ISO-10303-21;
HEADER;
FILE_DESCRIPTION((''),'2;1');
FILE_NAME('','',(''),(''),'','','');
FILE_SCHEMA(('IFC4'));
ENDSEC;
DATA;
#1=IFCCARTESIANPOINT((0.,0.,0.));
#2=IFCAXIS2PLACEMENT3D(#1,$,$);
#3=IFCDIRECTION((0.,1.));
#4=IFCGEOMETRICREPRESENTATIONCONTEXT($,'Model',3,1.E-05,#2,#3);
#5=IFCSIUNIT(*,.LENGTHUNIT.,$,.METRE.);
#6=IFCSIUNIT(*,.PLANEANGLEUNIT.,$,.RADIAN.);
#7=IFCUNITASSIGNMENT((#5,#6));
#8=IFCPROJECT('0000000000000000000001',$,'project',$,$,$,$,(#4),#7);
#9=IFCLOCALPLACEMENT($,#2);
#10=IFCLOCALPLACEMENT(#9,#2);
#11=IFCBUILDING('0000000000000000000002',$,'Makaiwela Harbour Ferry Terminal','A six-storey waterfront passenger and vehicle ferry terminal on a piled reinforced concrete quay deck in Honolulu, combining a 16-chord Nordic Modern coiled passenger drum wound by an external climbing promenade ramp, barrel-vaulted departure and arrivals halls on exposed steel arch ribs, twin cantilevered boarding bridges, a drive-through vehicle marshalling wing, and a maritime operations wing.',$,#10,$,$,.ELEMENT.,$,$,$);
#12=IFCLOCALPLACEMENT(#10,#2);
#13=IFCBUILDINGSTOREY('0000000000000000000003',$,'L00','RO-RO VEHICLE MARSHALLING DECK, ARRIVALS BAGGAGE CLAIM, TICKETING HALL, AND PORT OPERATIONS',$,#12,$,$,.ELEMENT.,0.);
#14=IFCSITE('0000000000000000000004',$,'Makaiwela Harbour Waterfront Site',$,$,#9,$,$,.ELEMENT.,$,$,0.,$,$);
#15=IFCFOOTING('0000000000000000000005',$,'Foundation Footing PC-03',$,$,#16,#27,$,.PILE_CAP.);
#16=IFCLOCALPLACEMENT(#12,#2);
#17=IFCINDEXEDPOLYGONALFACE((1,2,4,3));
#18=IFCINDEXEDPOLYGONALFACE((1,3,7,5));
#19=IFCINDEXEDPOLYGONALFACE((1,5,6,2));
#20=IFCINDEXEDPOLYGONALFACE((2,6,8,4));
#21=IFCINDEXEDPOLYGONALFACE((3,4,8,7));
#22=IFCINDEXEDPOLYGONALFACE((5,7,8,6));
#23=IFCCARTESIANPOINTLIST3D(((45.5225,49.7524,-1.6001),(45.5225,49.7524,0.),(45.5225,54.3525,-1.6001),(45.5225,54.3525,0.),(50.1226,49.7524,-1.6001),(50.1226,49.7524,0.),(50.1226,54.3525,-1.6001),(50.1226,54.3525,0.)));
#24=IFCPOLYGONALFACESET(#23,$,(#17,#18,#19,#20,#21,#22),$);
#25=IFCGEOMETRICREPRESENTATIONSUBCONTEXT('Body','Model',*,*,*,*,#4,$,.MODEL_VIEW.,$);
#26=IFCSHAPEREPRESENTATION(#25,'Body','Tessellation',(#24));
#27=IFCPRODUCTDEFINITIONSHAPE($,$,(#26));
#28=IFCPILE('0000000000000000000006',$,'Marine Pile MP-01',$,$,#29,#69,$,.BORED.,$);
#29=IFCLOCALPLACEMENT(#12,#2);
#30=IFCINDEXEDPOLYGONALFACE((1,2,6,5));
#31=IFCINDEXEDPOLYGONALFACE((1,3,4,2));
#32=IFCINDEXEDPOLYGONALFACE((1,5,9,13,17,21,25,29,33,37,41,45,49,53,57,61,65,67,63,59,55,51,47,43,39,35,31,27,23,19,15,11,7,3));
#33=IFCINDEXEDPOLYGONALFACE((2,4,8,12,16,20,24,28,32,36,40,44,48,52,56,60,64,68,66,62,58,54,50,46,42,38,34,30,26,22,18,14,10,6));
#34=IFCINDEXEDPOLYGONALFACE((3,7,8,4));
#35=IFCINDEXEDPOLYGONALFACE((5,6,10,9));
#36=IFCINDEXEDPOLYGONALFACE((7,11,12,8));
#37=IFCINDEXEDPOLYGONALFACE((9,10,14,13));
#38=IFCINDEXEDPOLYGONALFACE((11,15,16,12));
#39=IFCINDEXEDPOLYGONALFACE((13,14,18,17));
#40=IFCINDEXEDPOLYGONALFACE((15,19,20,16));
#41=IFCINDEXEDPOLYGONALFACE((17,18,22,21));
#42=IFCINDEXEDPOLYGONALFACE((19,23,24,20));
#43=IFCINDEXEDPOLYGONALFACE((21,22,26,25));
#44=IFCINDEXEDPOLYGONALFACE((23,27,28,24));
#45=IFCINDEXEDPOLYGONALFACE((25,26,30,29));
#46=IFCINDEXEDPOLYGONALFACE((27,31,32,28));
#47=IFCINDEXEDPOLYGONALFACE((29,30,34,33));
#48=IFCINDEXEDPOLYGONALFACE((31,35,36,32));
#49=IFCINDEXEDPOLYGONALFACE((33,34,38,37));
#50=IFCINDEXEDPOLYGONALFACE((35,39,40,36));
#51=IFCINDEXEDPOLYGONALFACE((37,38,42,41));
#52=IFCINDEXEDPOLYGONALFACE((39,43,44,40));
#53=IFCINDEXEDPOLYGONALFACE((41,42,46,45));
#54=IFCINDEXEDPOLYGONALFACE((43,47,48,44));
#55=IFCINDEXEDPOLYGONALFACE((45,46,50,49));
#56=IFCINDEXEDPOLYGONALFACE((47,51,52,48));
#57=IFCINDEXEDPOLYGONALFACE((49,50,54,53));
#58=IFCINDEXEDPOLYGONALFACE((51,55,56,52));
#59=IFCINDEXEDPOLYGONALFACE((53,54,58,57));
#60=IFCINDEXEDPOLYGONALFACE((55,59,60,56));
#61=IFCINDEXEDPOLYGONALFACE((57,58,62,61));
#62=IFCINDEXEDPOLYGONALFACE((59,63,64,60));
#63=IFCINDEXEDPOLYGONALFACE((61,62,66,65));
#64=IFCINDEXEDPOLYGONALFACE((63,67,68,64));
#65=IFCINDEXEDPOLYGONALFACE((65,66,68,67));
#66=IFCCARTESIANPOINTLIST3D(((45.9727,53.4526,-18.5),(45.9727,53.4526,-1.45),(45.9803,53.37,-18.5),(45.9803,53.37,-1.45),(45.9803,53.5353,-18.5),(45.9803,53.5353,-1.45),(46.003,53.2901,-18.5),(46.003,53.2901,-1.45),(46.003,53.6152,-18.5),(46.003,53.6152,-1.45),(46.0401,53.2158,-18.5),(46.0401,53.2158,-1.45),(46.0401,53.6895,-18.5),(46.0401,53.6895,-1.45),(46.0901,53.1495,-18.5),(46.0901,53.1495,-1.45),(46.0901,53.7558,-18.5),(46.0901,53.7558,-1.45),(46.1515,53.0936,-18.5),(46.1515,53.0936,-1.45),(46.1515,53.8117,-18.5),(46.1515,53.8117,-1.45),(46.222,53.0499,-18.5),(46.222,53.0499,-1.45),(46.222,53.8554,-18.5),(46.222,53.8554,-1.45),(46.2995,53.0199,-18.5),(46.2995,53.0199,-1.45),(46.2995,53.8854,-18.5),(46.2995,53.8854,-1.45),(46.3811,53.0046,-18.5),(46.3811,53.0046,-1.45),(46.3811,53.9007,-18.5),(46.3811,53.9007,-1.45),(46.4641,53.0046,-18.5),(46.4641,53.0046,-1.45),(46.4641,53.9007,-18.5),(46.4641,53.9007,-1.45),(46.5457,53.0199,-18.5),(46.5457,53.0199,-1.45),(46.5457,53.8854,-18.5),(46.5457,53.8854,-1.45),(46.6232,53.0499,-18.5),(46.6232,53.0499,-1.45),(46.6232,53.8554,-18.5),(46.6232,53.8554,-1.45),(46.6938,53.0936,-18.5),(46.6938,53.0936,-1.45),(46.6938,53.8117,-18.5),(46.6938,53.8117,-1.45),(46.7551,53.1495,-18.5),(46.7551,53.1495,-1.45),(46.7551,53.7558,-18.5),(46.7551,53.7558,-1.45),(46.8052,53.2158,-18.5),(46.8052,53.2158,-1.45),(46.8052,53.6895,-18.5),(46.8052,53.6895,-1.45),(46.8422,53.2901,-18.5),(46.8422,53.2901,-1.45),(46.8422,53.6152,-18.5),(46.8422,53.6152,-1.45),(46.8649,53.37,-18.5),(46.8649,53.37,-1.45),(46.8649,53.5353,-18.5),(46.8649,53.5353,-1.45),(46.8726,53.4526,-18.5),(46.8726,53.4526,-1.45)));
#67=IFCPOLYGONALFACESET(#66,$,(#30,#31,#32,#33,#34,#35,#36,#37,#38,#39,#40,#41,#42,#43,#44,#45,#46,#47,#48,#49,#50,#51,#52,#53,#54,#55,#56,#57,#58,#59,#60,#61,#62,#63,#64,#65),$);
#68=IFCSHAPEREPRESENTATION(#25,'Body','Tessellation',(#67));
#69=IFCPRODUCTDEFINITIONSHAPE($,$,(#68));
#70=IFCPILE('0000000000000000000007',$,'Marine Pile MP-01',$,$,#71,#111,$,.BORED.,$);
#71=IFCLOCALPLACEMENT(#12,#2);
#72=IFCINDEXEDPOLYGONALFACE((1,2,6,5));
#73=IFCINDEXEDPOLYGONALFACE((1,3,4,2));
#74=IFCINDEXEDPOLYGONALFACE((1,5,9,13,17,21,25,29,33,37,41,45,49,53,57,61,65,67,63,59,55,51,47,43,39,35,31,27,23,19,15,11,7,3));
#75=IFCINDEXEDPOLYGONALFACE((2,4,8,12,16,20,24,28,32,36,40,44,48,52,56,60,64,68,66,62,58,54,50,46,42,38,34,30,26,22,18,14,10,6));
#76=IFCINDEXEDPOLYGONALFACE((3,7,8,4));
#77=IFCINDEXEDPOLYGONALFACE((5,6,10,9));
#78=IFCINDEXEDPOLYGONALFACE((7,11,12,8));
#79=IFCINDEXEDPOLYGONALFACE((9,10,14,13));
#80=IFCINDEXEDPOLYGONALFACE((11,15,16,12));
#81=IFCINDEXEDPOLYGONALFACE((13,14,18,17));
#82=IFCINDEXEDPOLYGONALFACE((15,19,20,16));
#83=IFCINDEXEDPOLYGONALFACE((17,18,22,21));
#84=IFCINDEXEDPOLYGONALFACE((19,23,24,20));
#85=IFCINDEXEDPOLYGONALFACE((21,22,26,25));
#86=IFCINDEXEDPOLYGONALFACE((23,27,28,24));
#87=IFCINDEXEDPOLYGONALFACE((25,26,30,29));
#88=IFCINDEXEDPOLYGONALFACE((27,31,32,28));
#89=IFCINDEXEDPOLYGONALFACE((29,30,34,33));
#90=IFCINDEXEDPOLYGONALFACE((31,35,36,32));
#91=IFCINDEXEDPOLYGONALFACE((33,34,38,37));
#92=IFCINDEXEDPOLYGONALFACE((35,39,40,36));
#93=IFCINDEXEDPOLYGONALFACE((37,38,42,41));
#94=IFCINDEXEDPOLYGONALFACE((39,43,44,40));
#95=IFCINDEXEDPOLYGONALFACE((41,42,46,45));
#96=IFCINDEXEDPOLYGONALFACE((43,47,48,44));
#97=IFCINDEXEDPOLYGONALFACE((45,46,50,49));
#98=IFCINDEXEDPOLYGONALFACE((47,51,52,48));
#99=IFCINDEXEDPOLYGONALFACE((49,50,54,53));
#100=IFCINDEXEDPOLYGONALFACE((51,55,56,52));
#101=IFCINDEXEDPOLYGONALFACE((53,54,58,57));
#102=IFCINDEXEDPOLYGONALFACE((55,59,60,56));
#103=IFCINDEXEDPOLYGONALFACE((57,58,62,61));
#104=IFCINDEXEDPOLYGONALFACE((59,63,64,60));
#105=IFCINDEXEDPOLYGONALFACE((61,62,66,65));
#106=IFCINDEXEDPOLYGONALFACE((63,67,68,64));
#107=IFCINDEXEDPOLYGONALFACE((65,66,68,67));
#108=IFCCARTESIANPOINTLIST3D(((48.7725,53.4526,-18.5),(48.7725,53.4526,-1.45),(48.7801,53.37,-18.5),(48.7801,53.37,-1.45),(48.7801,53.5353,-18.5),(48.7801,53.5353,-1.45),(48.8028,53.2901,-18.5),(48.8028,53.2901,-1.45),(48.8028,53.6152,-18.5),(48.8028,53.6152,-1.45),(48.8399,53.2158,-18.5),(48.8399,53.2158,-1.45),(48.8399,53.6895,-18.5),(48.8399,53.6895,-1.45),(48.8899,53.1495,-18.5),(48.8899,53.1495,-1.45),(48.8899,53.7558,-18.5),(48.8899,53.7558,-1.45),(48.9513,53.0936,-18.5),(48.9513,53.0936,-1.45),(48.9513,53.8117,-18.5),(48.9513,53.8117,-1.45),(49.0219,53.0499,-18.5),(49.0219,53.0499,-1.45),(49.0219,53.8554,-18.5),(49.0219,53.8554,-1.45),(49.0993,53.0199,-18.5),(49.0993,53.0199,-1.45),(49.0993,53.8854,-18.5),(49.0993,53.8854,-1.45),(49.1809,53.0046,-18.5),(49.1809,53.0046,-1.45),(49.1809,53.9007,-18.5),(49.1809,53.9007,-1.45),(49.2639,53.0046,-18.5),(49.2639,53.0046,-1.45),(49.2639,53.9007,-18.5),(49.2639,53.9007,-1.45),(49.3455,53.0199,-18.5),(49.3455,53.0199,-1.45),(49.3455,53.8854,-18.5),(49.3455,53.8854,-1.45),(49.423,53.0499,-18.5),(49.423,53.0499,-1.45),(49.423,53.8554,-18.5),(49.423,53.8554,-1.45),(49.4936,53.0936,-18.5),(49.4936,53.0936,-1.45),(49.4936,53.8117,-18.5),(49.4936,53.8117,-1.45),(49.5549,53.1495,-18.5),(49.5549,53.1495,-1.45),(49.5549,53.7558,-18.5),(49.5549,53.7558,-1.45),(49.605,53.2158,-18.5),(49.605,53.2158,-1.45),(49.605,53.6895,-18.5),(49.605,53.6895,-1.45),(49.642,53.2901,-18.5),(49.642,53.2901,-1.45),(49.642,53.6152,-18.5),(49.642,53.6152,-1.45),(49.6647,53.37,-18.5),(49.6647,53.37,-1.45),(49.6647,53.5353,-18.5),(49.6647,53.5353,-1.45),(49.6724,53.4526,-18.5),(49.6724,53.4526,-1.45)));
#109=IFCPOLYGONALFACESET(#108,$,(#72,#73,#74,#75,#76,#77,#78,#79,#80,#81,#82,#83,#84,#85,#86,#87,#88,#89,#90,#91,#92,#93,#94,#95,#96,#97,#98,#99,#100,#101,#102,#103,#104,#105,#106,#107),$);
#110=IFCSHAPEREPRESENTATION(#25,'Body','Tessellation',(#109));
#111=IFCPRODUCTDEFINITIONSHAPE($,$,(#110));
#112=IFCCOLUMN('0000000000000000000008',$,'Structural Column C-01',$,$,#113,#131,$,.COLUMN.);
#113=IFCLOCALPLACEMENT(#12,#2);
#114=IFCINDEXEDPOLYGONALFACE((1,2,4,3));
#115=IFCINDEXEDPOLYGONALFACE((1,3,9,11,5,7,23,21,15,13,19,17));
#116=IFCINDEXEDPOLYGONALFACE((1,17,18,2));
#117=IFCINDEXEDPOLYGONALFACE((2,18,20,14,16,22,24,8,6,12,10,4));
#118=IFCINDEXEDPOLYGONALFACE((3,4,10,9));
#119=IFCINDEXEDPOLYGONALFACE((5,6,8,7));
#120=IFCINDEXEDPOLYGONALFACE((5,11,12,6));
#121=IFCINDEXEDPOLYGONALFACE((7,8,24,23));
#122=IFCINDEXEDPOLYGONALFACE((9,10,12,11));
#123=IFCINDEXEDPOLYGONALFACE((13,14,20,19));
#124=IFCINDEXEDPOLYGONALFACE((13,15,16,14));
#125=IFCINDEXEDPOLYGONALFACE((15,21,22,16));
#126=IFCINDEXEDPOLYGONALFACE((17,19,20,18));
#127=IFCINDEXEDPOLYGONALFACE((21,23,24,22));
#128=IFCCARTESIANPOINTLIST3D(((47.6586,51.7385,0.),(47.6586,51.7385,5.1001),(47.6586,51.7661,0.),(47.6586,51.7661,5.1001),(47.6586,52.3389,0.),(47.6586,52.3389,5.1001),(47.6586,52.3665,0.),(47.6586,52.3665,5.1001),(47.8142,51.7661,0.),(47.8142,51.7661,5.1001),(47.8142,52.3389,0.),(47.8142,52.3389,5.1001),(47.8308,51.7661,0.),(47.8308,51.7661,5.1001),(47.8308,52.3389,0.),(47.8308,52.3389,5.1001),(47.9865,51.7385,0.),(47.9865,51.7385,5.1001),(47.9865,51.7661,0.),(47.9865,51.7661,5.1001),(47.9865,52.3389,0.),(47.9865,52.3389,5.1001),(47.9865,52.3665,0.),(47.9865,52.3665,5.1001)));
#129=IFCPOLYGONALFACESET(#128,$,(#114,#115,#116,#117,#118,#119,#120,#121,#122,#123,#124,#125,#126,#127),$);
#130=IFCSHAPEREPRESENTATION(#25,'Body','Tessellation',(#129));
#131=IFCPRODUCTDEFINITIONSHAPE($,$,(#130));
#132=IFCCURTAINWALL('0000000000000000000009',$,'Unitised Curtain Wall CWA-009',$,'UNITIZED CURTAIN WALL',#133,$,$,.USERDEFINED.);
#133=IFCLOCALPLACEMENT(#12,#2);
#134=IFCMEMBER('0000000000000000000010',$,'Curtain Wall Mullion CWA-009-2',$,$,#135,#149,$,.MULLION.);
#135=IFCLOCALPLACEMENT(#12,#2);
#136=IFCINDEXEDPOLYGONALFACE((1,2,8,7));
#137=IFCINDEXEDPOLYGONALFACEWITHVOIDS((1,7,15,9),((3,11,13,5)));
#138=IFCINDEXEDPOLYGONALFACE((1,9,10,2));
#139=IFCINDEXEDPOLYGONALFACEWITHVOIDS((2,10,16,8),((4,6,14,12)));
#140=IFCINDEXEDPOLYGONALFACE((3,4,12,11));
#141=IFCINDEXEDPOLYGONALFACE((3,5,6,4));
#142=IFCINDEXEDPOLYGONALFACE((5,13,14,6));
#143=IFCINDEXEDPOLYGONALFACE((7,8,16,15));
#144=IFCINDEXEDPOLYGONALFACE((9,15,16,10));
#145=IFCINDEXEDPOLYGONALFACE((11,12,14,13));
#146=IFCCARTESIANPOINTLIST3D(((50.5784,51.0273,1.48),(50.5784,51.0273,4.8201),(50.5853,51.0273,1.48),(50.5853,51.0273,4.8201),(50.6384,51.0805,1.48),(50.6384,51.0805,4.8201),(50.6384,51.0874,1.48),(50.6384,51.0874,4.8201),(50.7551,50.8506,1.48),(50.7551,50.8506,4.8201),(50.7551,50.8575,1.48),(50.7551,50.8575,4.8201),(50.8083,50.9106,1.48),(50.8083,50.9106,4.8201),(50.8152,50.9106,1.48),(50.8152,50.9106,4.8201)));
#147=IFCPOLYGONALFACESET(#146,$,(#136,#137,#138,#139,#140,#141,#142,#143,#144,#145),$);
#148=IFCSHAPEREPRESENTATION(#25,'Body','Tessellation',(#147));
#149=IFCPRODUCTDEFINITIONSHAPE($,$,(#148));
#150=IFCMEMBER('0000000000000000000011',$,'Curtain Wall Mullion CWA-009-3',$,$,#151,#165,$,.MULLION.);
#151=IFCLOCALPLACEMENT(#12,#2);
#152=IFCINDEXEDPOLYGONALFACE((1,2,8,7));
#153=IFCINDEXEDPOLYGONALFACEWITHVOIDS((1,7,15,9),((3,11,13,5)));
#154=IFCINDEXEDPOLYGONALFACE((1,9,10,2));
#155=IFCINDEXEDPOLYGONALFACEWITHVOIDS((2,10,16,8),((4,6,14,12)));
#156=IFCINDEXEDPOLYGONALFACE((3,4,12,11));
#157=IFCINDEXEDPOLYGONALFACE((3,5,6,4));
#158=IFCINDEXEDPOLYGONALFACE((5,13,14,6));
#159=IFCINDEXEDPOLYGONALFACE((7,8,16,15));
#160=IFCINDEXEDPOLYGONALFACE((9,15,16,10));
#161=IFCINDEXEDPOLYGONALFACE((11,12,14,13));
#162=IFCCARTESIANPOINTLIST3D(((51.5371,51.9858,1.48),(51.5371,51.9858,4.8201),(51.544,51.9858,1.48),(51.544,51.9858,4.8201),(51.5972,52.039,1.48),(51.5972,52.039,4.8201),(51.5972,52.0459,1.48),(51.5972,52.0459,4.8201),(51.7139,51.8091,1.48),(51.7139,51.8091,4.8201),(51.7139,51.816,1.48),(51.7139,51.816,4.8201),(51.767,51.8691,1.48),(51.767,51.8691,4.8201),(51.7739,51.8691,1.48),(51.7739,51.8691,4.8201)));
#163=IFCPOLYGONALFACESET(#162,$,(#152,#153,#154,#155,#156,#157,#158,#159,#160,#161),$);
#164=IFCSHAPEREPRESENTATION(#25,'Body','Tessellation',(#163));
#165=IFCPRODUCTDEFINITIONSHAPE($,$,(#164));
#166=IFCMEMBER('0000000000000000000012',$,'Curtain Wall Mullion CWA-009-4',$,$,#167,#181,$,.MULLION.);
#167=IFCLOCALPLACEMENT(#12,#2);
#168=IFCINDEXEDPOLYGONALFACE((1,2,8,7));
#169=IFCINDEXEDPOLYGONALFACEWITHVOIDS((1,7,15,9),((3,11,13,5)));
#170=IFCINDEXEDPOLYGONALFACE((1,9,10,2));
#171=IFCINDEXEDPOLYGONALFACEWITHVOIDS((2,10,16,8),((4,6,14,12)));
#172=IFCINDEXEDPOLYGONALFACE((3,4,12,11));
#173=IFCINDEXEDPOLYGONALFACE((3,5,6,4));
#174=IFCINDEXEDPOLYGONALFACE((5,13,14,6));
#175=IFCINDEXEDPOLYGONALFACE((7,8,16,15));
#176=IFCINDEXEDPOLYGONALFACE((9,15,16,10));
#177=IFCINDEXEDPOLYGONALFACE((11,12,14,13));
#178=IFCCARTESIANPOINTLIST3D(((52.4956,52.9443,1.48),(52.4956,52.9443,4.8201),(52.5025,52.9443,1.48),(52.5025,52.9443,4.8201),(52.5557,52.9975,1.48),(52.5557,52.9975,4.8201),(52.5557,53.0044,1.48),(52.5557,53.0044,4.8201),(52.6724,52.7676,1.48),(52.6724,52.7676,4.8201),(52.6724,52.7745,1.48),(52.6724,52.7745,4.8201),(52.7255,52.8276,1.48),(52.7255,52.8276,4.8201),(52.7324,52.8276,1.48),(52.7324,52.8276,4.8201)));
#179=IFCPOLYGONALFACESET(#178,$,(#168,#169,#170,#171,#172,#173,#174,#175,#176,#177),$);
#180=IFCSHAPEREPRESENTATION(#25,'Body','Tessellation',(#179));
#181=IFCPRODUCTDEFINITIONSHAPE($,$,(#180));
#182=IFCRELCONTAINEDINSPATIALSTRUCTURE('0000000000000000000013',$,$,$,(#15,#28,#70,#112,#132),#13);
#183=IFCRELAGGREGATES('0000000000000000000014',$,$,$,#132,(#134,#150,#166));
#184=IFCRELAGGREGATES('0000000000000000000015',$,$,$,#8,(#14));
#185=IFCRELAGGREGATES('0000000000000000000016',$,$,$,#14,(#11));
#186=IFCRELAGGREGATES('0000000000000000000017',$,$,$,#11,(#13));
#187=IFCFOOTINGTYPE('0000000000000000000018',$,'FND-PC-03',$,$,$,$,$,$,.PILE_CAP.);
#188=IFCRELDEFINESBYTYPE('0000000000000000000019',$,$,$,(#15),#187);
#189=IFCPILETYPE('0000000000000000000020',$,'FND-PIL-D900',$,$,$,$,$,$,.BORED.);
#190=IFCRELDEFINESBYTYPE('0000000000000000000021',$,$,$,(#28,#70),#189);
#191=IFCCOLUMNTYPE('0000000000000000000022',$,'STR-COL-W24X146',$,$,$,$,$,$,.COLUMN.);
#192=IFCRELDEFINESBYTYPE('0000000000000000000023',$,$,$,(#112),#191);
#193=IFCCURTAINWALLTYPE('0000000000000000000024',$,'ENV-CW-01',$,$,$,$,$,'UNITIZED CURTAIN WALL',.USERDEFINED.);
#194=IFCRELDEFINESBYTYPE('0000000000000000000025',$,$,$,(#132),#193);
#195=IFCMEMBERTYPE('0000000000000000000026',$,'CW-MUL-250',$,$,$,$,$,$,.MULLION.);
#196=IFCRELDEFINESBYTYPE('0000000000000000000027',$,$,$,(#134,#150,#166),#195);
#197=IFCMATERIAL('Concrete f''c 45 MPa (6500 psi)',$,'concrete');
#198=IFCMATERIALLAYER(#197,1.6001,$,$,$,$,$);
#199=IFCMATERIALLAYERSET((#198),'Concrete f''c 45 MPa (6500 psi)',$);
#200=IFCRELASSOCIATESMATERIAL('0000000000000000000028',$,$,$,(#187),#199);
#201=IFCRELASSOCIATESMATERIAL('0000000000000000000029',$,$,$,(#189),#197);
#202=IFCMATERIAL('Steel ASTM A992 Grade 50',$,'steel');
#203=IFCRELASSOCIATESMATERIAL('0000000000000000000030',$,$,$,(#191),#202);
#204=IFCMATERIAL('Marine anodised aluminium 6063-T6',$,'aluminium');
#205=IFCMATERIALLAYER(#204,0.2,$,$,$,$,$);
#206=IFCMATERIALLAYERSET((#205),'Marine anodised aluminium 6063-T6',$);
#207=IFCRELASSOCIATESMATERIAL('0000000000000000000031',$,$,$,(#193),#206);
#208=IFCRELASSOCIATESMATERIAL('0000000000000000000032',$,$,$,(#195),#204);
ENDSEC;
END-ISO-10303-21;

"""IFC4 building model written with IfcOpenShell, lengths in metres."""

from ifc_helpers import new_model, si_unit, direction, frame, origin, origin_2d, place, context, subcontext, project, spatial, rectangle, hollow_rectangle, circle, i_section, extrude, material, layer, layer_set, material_profile, profile_set, type_object, element, aggregate, save


model = new_model("IFC4")

# Units and contexts
model_context = context("Model", 3, precision=1e-05, world=origin(), true_north=direction((0.0, 1.0)))
body_context = subcontext(model_context, "Body", "Model", "MODEL_VIEW")
ifc_project = project(units=[si_unit("LENGTHUNIT", "METRE"), si_unit("PLANEANGLEUNIT", "RADIAN")], contexts=[model_context])

# Site, building, storey
site_placement = place(None, origin())
site = spatial("IfcSite", under=ifc_project, at=site_placement, Name="Makaiwela Harbour Waterfront Site", CompositionType="ELEMENT", RefElevation=0.0)
building_placement = place(site_placement, origin())
building = spatial("IfcBuilding", under=site, at=building_placement, Name="Makaiwela Harbour Ferry Terminal", Description="A six-storey waterfront passenger and vehicle ferry terminal on a piled reinforced concrete quay deck in Honolulu, combining a 16-chord Nordic Modern coiled passenger drum wound by an external climbing promenade ramp, barrel-vaulted departure and arrivals halls on exposed steel arch ribs, twin cantilevered boarding bridges, a drive-through vehicle marshalling wing, and a maritime operations wing.", CompositionType="ELEMENT")
storey_placement = place(building_placement, origin())
storey = spatial("IfcBuildingStorey", under=building, at=storey_placement, Name="L00", Description="RO-RO VEHICLE MARSHALLING DECK, ARRIVALS BAGGAGE CLAIM, TICKETING HALL, AND PORT OPERATIONS", CompositionType="ELEMENT", Elevation=0.0)

# Footing
ifc_material_1 = material(Name="Concrete f'c 45 MPa (6500 psi)", Category="concrete")
ifc_layer_1 = layer(ifc_material_1, 1.6001)
ifc_layer_set_1 = layer_set([ifc_layer_1], Name="Concrete f'c 45 MPa (6500 psi)")
footing_type = type_object("IfcFootingType", Name="FND-PC-03", PredefinedType="PILE_CAP", material=ifc_layer_set_1)
footing_placement = place(storey_placement, frame((47.8225, 52.0525, -1.6001), z_axis=(0.0, 0.0, 1.0), x_axis=(1.0, 0.0, 0.0)))
element("IfcFooting", 1, at=footing_placement, inside=storey, type_object=footing_type, Name="Foundation Footing PC-03", PredefinedType="PILE_CAP", context=body_context, shape_type="SweptSolid", body=[
    extrude(rectangle(XDim=4.6001, YDim=4.6001, at=origin_2d()), origin(), (0.0, 0.0, 1.0), 1.6001),
])

# Piles
ifc_material_profile_1 = material_profile(ifc_material_1, circle(Radius=0.45, at=origin_2d()), Name="PILE-D900")
ifc_profile_set_1 = profile_set([ifc_material_profile_1], Name="Concrete f'c 45 MPa (6500 psi)")
pile_type = type_object("IfcPileType", Name="FND-PIL-D900", PredefinedType="BORED", material=ifc_profile_set_1)
for number, where, z_axis, x_axis, name in (
    (2, (46.4226, 53.4526, -1.45), (0.0, 0.0, -1.0), (1.0, 0.0, 0.0), "Marine Pile MP-01"),
    (3, (49.2224, 53.4526, -1.45), (0.0, 0.0, -1.0), (1.0, 0.0, 0.0), "Marine Pile MP-01"),
):
    element("IfcPile", number, at=place(storey_placement, frame(where, z_axis=z_axis, x_axis=x_axis)), inside=storey, type_object=pile_type, Name=name, PredefinedType="BORED", context=body_context, shape_type="SweptSolid", body=[
        extrude(circle(Radius=0.45, at=origin_2d()), origin(), (0.0, 0.0, 1.0), 17.05),
    ])

# Column
ifc_material_2 = material(Name="Steel ASTM A992 Grade 50", Category="steel")
ifc_material_profile_2 = material_profile(ifc_material_2, i_section(OverallWidth=0.3279, OverallDepth=0.6279, WebThickness=0.0166, FlangeThickness=0.0276, at=origin_2d()), Name="W24X146")
ifc_profile_set_2 = profile_set([ifc_material_profile_2], Name="Steel ASTM A992 Grade 50")
column_type = type_object("IfcColumnType", Name="STR-COL-W24X146", PredefinedType="COLUMN", material=ifc_profile_set_2)
column_placement = place(storey_placement, frame((47.8225, 52.0525, 0.0), z_axis=(0.0, 0.0, 1.0), x_axis=(1.0, 0.0, 0.0)))
element("IfcColumn", 4, at=column_placement, inside=storey, type_object=column_type, Name="Structural Column C-01", PredefinedType="COLUMN", context=body_context, shape_type="SweptSolid", body=[
    extrude(i_section(OverallWidth=0.3279, OverallDepth=0.6279, WebThickness=0.0166, FlangeThickness=0.0276, at=origin_2d()), origin(), (0.0, 0.0, 1.0), 5.1001),
])

# Curtain wall, members
ifc_material_3 = material(Name="Marine anodised aluminium 6063-T6", Category="aluminium")
ifc_layer_2 = layer(ifc_material_3, 0.2)
ifc_layer_set_2 = layer_set([ifc_layer_2], Name="Marine anodised aluminium 6063-T6")
curtain_wall_type = type_object("IfcCurtainWallType", Name="ENV-CW-01", ElementType="UNITIZED CURTAIN WALL", PredefinedType="USERDEFINED", material=ifc_layer_set_2)
curtain_wall_placement = place(storey_placement, origin())
curtain_wall = element("IfcCurtainWall", 5, at=curtain_wall_placement, inside=storey, type_object=curtain_wall_type, Name="Unitised Curtain Wall CWA-009", ObjectType="UNITIZED CURTAIN WALL", PredefinedType="USERDEFINED")
ifc_material_profile_3 = material_profile(ifc_material_3, hollow_rectangle(XDim=0.085, YDim=0.25, WallThickness=0.0049, at=origin_2d()), Name="CWM-250X85")
ifc_profile_set_3 = profile_set([ifc_material_profile_3], Name="Marine anodised aluminium 6063-T6")
member_type_1 = type_object("IfcMemberType", Name="CW-MUL-250", PredefinedType="MULLION", material=ifc_profile_set_3)
member_1_placement = place(storey_placement, frame((50.6968, 50.969, 1.48), z_axis=(0.0, 0.0, 1.0), x_axis=(0.707107, 0.707107, 0.0)))
member_1 = element("IfcMember", 6, at=member_1_placement, type_object=member_type_1, Name="Curtain Wall Mullion CWA-009-2", PredefinedType="MULLION", context=body_context, shape_type="SweptSolid", body=[
    extrude(hollow_rectangle(XDim=0.085, YDim=0.25, WallThickness=0.0049, at=origin_2d()), origin(), (0.0, 0.0, 1.0), 3.3401),
])
member_2_placement = place(storey_placement, frame((51.6555, 51.9275, 1.48), z_axis=(0.0, 0.0, 1.0), x_axis=(0.707107, 0.707107, 0.0)))
member_2 = element("IfcMember", 7, at=member_2_placement, type_object=member_type_1, Name="Curtain Wall Mullion CWA-009-3", PredefinedType="MULLION", context=body_context, shape_type="SweptSolid", body=[
    extrude(hollow_rectangle(XDim=0.085, YDim=0.25, WallThickness=0.0049, at=origin_2d()), origin(), (0.0, 0.0, 1.0), 3.3401),
])
member_3_placement = place(storey_placement, frame((52.614, 52.886, 1.48), z_axis=(0.0, 0.0, 1.0), x_axis=(0.707107, 0.707107, 0.0)))
member_3 = element("IfcMember", 8, at=member_3_placement, type_object=member_type_1, Name="Curtain Wall Mullion CWA-009-4", PredefinedType="MULLION", context=body_context, shape_type="SweptSolid", body=[
    extrude(hollow_rectangle(XDim=0.085, YDim=0.25, WallThickness=0.0049, at=origin_2d()), origin(), (0.0, 0.0, 1.0), 3.3401),
])

aggregate(curtain_wall, [member_1, member_2, member_3])

save(model, "model.ifc")
